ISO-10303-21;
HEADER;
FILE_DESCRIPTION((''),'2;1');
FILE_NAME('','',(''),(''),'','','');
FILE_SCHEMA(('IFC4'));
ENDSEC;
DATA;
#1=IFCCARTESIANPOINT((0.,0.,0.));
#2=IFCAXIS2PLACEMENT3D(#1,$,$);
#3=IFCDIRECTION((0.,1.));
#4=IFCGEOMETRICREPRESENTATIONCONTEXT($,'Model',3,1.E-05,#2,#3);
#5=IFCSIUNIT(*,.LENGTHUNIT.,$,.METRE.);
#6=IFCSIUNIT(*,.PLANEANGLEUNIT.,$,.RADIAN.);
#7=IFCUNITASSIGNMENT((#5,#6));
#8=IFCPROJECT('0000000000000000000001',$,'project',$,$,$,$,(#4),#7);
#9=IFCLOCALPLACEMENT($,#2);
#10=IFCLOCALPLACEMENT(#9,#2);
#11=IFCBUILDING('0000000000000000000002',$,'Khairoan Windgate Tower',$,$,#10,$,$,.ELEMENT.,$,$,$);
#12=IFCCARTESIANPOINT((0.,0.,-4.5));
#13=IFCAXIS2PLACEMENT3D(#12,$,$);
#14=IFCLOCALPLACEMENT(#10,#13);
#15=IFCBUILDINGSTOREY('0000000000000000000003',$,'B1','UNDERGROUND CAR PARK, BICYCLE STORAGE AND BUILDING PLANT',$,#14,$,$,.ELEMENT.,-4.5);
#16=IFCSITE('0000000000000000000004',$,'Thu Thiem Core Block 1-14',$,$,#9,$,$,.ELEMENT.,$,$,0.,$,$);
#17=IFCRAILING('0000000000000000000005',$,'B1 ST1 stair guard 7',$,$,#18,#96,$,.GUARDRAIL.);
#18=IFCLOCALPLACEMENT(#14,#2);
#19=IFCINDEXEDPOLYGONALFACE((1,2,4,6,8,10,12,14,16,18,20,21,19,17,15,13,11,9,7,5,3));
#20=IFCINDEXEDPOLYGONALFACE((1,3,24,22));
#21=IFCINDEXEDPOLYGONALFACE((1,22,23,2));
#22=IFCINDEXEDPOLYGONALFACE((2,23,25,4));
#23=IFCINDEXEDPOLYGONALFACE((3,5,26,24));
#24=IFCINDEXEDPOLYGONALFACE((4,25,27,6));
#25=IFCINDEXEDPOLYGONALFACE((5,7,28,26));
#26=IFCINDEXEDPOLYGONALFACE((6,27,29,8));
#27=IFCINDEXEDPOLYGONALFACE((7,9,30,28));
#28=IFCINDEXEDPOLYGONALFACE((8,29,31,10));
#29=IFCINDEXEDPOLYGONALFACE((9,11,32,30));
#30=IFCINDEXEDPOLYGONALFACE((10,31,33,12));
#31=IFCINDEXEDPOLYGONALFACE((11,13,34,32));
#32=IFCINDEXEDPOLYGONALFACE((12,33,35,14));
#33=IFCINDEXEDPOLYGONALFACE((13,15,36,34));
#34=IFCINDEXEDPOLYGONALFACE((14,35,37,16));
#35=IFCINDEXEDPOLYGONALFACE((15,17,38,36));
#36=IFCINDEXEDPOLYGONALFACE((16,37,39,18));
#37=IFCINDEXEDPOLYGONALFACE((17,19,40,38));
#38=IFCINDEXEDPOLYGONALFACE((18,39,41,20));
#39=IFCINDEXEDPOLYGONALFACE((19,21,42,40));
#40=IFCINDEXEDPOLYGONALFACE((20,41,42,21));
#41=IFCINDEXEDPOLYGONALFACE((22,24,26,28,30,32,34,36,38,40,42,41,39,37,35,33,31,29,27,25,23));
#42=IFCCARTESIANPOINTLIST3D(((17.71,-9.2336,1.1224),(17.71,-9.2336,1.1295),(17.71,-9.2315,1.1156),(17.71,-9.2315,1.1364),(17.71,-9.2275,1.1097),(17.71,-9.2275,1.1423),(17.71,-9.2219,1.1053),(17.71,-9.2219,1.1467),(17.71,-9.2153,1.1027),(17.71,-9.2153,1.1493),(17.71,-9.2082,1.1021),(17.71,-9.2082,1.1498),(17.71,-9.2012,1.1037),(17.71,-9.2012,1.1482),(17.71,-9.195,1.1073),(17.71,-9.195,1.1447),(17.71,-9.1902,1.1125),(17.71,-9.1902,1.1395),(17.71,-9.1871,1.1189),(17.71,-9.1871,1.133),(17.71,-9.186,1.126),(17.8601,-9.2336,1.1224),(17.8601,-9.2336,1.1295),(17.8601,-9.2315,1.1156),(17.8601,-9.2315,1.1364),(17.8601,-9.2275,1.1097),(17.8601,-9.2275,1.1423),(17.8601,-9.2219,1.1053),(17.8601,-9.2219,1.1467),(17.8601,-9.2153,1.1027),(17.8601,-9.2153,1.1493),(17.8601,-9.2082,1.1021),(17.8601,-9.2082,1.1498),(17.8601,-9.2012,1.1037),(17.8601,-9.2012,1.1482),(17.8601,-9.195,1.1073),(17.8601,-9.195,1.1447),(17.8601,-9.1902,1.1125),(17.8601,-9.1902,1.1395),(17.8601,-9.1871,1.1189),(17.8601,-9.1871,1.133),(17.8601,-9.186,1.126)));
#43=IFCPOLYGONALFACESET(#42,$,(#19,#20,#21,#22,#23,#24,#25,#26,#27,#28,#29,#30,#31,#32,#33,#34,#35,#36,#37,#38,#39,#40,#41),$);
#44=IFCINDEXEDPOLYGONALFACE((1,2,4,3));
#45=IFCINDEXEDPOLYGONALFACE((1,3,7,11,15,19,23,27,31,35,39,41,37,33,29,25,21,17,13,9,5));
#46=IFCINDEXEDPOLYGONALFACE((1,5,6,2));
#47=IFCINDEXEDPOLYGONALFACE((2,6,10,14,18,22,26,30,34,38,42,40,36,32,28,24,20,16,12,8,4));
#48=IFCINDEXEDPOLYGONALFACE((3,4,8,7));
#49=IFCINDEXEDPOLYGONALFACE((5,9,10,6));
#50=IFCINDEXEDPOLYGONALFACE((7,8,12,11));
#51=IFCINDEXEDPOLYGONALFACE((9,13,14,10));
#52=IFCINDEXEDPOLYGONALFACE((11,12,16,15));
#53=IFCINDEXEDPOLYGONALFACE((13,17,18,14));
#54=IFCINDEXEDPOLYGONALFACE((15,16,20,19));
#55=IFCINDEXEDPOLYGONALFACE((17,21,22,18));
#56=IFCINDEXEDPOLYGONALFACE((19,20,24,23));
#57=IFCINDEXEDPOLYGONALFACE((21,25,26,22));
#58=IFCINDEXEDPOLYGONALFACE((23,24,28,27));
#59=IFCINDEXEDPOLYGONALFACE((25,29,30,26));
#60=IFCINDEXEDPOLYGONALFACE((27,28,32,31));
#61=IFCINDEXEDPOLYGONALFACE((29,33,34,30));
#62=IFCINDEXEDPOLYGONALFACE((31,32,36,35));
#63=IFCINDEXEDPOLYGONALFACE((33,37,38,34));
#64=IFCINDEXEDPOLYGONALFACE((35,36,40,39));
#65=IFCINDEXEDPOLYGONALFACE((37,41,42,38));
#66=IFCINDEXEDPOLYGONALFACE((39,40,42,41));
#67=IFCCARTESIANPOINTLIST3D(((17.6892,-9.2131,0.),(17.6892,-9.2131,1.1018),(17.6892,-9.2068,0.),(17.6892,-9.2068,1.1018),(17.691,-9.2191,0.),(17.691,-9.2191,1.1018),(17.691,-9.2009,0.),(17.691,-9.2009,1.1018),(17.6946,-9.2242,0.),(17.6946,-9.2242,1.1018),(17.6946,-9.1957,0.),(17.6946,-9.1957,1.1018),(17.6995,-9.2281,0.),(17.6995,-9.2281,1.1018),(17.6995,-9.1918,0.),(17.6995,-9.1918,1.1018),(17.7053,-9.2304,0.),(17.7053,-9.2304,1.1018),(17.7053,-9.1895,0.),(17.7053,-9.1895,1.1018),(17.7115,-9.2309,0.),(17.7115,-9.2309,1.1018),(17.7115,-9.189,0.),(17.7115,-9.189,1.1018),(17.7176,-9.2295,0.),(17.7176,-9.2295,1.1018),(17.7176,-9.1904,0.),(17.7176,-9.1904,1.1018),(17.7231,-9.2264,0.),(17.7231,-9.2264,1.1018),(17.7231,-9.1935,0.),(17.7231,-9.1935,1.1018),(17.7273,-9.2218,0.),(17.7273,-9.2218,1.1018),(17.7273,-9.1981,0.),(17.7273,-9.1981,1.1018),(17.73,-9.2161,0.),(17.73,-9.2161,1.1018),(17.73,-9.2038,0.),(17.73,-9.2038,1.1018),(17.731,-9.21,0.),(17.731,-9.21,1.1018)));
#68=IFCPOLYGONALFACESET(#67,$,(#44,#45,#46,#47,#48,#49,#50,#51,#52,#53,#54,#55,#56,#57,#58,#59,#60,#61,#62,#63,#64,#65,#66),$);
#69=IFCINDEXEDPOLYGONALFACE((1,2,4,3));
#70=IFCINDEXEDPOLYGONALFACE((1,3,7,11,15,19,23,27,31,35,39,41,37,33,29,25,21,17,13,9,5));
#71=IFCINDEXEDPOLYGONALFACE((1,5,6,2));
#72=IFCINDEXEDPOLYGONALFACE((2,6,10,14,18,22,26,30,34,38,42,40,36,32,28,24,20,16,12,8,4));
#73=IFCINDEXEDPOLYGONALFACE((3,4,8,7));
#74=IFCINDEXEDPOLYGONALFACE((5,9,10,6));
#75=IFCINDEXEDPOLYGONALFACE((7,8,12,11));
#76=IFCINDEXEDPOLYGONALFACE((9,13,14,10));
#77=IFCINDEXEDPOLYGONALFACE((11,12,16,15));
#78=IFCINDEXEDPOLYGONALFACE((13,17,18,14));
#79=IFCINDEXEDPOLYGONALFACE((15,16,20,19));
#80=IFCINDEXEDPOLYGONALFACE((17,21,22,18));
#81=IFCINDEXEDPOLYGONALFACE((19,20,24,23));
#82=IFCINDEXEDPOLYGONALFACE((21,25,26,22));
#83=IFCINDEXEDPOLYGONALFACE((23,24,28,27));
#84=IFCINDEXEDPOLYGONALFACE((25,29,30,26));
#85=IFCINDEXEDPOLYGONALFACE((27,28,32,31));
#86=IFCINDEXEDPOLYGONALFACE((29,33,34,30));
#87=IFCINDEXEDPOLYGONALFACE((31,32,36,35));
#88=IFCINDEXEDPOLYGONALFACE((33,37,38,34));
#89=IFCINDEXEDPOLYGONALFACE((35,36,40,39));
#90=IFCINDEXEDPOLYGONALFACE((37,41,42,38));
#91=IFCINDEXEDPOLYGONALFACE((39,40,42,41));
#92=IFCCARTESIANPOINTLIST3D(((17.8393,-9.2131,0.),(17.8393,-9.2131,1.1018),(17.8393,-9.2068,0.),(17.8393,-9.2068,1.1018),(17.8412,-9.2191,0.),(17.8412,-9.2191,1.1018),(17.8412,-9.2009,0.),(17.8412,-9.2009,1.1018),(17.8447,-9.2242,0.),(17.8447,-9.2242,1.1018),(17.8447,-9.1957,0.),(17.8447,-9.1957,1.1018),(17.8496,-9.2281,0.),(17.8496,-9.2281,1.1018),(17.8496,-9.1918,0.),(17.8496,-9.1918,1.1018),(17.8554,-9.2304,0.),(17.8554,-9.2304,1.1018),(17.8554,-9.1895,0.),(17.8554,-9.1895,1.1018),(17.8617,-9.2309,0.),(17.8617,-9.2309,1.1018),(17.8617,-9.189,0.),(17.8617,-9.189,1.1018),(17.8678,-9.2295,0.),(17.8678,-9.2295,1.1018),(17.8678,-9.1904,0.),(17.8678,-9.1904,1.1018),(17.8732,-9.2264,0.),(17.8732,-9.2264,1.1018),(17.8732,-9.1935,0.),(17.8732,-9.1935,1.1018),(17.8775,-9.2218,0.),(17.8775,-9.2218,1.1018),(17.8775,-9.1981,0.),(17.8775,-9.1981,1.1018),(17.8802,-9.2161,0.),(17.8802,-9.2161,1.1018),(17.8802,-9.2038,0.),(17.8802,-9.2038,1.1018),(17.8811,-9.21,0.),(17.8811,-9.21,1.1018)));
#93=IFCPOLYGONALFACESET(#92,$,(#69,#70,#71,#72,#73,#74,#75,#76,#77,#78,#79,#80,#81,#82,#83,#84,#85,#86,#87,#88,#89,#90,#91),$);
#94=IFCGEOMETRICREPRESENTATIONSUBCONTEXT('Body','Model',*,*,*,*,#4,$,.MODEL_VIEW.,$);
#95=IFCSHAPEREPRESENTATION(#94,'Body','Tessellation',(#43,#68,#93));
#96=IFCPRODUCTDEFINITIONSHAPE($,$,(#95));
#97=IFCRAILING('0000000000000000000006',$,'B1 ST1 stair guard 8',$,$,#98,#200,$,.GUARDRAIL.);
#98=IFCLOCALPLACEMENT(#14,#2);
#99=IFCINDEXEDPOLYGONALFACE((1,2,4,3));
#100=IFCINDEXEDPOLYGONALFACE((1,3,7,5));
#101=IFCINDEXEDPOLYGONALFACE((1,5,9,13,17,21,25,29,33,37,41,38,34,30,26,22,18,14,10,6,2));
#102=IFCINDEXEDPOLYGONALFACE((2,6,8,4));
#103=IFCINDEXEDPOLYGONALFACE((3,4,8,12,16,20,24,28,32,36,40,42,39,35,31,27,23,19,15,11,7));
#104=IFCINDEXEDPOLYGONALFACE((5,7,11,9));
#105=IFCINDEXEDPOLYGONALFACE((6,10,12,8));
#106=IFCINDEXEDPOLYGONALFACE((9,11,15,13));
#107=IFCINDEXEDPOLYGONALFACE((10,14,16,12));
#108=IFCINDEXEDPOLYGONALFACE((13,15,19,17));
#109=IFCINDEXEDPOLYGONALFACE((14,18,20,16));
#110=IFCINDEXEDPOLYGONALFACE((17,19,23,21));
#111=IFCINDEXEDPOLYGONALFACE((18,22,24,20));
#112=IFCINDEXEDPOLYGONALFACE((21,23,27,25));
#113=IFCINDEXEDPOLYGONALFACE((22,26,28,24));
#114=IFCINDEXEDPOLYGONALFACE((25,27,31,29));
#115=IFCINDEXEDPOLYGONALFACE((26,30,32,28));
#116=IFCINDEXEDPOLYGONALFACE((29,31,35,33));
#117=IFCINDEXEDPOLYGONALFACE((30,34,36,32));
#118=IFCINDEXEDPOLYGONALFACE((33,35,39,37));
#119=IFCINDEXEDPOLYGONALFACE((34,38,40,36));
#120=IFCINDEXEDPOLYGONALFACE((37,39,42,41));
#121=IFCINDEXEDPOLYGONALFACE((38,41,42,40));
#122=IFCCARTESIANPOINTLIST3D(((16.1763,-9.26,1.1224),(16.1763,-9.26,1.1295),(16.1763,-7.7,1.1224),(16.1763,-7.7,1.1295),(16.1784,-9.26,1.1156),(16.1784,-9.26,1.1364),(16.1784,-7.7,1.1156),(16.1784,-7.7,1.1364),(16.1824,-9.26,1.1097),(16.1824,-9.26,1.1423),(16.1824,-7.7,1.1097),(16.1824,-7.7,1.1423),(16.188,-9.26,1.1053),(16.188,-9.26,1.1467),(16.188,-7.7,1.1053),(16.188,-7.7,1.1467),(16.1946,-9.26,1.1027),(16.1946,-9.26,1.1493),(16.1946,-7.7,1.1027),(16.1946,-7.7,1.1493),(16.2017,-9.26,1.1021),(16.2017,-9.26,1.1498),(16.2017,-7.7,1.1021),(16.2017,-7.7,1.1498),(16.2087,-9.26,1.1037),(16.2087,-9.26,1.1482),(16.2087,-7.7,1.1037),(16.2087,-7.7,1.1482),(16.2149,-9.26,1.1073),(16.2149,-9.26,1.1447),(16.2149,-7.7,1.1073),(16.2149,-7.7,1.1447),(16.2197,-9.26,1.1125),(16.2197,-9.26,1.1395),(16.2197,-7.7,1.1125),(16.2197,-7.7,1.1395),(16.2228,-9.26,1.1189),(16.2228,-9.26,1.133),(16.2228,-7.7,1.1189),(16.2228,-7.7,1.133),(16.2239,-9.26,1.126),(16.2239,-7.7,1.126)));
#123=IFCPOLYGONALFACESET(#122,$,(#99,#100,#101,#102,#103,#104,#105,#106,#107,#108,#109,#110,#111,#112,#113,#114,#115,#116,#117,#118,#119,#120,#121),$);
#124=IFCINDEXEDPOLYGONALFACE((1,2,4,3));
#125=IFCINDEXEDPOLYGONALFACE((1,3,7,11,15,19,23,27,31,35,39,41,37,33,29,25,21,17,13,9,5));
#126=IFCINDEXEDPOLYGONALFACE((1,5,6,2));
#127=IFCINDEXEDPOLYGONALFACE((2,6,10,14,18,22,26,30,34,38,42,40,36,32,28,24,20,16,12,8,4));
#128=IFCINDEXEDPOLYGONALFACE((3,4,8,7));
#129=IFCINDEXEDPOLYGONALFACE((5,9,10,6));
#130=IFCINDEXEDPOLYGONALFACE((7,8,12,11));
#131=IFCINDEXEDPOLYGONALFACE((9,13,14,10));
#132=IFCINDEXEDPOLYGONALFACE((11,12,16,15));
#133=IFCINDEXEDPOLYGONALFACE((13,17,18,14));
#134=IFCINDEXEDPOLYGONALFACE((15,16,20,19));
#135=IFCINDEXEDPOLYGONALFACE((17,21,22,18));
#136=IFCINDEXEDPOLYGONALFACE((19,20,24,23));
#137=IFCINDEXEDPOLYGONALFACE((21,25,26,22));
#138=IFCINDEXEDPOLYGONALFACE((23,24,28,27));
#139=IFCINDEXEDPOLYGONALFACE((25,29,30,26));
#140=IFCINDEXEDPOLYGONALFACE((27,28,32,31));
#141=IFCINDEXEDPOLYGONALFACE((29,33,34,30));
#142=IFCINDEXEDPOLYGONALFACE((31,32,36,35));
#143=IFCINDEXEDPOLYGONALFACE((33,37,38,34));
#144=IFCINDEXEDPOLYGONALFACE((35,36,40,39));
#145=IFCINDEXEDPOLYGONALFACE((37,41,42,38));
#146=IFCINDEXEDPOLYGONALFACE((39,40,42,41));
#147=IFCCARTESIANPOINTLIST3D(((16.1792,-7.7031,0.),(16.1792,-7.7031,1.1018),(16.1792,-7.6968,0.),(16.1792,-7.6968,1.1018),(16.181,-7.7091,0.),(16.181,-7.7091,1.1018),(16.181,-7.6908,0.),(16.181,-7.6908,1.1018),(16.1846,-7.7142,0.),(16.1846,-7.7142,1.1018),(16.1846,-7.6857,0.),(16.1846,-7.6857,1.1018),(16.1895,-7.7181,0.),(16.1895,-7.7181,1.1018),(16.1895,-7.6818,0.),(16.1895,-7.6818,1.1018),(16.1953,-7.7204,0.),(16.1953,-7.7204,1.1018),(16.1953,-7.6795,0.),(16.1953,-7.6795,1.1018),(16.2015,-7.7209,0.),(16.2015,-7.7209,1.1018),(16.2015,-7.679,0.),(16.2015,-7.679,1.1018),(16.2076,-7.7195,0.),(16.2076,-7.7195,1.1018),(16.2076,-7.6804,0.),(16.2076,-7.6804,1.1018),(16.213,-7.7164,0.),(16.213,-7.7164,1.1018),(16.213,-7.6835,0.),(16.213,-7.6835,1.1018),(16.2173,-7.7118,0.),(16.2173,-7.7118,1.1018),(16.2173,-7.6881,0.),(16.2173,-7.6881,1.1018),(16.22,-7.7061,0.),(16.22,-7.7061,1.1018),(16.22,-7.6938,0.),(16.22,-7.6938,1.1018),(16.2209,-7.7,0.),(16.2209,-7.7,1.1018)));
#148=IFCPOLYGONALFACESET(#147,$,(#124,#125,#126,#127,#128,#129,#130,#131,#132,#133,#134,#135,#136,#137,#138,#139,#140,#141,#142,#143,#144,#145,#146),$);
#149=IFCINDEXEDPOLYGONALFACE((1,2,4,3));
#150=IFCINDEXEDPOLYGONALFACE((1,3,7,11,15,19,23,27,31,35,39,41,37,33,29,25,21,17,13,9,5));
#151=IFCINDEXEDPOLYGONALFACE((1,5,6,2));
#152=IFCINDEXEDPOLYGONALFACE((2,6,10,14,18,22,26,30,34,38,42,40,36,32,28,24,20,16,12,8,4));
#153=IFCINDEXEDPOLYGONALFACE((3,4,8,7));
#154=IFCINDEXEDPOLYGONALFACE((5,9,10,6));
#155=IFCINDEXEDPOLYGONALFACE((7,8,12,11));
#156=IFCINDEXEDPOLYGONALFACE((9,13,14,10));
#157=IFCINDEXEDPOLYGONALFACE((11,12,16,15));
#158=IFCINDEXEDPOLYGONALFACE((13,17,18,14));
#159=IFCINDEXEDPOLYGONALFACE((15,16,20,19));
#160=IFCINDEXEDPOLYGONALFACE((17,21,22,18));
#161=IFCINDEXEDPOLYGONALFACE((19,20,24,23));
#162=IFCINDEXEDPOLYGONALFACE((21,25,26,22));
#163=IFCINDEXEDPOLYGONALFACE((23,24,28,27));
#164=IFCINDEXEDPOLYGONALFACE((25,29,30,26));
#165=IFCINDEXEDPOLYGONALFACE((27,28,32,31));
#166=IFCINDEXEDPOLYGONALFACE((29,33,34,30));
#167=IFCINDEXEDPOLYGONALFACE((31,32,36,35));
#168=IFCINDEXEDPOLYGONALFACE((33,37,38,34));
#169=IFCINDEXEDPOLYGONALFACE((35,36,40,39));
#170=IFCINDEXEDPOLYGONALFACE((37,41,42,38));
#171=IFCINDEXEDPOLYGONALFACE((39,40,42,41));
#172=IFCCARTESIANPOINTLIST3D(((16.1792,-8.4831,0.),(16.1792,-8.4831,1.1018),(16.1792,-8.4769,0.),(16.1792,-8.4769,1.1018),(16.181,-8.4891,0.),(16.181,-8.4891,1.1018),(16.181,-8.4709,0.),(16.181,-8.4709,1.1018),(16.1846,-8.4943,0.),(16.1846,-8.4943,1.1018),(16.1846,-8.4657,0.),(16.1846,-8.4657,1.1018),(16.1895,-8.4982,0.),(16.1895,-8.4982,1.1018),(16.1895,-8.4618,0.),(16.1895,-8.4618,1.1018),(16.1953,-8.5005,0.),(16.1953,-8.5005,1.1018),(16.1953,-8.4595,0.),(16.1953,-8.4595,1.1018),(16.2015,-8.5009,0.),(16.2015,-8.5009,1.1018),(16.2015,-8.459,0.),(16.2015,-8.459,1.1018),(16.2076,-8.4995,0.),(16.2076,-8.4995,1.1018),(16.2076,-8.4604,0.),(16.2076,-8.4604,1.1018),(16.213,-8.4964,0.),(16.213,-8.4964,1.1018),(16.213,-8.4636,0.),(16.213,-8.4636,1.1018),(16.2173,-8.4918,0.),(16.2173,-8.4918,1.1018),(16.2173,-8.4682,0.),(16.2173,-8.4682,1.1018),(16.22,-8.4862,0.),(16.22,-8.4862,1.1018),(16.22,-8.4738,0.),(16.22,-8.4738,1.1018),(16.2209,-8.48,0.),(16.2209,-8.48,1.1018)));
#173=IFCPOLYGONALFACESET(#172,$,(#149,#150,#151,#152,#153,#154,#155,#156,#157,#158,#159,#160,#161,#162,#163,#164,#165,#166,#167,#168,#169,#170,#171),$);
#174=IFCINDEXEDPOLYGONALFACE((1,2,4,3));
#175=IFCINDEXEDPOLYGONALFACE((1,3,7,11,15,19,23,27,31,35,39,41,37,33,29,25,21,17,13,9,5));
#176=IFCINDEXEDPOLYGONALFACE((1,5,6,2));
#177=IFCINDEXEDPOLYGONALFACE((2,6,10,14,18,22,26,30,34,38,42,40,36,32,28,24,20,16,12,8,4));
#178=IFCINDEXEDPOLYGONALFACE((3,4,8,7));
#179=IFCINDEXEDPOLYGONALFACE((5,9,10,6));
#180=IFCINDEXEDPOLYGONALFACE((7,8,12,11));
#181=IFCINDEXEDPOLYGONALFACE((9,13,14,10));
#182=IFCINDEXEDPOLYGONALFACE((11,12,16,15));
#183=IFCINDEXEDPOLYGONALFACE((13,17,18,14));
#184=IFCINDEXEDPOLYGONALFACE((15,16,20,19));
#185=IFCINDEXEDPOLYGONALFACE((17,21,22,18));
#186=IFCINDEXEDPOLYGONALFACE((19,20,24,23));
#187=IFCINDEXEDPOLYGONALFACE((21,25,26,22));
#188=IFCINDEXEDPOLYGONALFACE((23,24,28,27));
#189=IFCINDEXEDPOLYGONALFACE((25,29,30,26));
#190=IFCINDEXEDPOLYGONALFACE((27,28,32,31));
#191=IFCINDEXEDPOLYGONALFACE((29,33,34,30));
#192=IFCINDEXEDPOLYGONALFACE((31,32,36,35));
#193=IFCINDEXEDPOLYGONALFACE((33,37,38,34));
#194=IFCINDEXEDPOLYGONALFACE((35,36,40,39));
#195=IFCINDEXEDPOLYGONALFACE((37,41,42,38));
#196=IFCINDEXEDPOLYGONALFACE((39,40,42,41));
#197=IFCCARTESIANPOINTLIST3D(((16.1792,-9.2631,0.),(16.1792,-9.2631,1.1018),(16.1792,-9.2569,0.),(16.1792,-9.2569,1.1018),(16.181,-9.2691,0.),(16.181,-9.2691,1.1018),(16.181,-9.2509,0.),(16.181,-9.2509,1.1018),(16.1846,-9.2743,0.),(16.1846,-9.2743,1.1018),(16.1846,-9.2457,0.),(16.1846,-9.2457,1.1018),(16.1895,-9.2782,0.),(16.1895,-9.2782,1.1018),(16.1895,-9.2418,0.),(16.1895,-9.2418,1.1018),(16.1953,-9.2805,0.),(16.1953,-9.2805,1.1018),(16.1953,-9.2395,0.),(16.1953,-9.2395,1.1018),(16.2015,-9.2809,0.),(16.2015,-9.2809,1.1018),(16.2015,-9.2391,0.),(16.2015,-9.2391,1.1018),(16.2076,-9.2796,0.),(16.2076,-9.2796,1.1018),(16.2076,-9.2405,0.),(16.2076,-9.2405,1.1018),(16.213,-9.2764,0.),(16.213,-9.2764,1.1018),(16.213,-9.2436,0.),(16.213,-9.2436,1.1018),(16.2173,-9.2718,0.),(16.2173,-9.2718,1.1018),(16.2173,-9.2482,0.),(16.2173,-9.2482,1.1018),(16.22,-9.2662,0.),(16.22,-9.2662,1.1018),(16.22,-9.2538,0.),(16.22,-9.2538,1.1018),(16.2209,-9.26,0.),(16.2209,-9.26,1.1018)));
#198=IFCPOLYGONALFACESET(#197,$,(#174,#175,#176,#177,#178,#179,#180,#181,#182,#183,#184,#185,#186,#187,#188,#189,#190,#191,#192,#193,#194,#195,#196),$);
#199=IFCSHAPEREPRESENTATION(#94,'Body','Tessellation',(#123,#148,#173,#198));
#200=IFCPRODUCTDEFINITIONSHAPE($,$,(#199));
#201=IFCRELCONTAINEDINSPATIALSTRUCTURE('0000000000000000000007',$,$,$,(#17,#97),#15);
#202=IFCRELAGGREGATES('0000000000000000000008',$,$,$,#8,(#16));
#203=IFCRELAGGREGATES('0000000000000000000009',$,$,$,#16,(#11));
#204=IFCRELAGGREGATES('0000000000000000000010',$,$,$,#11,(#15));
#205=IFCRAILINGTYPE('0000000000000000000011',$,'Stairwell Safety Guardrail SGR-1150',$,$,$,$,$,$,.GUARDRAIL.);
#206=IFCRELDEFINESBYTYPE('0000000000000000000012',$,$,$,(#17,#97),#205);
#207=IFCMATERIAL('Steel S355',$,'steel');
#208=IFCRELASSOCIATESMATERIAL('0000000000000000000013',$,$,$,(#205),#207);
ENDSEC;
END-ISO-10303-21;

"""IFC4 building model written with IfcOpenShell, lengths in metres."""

from ifc_helpers import new_model, si_unit, direction, frame, origin, origin_2d, place, context, subcontext, project, spatial, circle, extrude, material, type_object, element, save


model = new_model("IFC4")

# Units and contexts
model_context = context("Model", 3, precision=1e-05, world=origin(), true_north=direction((0.0, 1.0)))
body_context = subcontext(model_context, "Body", "Model", "MODEL_VIEW")
ifc_project = project(units=[si_unit("LENGTHUNIT", "METRE"), si_unit("PLANEANGLEUNIT", "RADIAN")], contexts=[model_context])

# Site, building, storey
site_placement = place(None, origin())
site = spatial("IfcSite", under=ifc_project, at=site_placement, Name="Thu Thiem Core Block 1-14", CompositionType="ELEMENT", RefElevation=0.0)
building_placement = place(site_placement, origin())
building = spatial("IfcBuilding", under=site, at=building_placement, Name="Khairoan Windgate Tower", CompositionType="ELEMENT")
storey_placement = place(building_placement, frame((0.0, 0.0, -4.5)))
storey = spatial("IfcBuildingStorey", under=building, at=storey_placement, Name="B1", Description="UNDERGROUND CAR PARK, BICYCLE STORAGE AND BUILDING PLANT", CompositionType="ELEMENT", Elevation=-4.5)

# Railings
ifc_material_1 = material(Name="Steel S355", Category="steel")
railing_type_1 = type_object("IfcRailingType", Name="Stairwell Safety Guardrail SGR-1150", PredefinedType="GUARDRAIL", material=ifc_material_1)
railing_1_placement = place(storey_placement, frame((17.71, -9.21, 0.0)))
element("IfcRailing", 1, at=railing_1_placement, inside=storey, type_object=railing_type_1, Name="B1 ST1 stair guard 7", PredefinedType="GUARDRAIL", context=body_context, shape_type="SweptSolid", body=[
    extrude(circle(Radius=0.0239, at=origin_2d()), frame((0.0, 0.0, 1.126), z_axis=(1.0, 0.0, 0.0), x_axis=(0.0, 1.0, 0.0)), (0.0, 0.0, 1.0), 0.1501),
    extrude(circle(Radius=0.021, at=origin_2d()), origin(), (0.0, 0.0, 1.0), 1.1018),
    extrude(circle(Radius=0.021, at=origin_2d()), frame((0.1501, 0.0, 0.0)), (0.0, 0.0, 1.0), 1.1018),
])
railing_2_placement = place(storey_placement, frame((16.2, -7.7, 0.0)))
element("IfcRailing", 2, at=railing_2_placement, inside=storey, type_object=railing_type_1, Name="B1 ST1 stair guard 8", PredefinedType="GUARDRAIL", context=body_context, shape_type="SweptSolid", body=[
    extrude(circle(Radius=0.0239, at=origin_2d()), frame((0.0, 0.0, 1.126), z_axis=(0.0, -1.0, 0.0), x_axis=(1.0, 0.0, 0.0)), (0.0, 0.0, 1.0), 1.5601),
    extrude(circle(Radius=0.021, at=origin_2d()), origin(), (0.0, 0.0, 1.0), 1.1018),
    extrude(circle(Radius=0.021, at=origin_2d()), frame((0.0, -0.78, 0.0)), (0.0, 0.0, 1.0), 1.1018),
    extrude(circle(Radius=0.021, at=origin_2d()), frame((0.0, -1.5601, 0.0)), (0.0, 0.0, 1.0), 1.1018),
])

save(model, "model.ifc")
